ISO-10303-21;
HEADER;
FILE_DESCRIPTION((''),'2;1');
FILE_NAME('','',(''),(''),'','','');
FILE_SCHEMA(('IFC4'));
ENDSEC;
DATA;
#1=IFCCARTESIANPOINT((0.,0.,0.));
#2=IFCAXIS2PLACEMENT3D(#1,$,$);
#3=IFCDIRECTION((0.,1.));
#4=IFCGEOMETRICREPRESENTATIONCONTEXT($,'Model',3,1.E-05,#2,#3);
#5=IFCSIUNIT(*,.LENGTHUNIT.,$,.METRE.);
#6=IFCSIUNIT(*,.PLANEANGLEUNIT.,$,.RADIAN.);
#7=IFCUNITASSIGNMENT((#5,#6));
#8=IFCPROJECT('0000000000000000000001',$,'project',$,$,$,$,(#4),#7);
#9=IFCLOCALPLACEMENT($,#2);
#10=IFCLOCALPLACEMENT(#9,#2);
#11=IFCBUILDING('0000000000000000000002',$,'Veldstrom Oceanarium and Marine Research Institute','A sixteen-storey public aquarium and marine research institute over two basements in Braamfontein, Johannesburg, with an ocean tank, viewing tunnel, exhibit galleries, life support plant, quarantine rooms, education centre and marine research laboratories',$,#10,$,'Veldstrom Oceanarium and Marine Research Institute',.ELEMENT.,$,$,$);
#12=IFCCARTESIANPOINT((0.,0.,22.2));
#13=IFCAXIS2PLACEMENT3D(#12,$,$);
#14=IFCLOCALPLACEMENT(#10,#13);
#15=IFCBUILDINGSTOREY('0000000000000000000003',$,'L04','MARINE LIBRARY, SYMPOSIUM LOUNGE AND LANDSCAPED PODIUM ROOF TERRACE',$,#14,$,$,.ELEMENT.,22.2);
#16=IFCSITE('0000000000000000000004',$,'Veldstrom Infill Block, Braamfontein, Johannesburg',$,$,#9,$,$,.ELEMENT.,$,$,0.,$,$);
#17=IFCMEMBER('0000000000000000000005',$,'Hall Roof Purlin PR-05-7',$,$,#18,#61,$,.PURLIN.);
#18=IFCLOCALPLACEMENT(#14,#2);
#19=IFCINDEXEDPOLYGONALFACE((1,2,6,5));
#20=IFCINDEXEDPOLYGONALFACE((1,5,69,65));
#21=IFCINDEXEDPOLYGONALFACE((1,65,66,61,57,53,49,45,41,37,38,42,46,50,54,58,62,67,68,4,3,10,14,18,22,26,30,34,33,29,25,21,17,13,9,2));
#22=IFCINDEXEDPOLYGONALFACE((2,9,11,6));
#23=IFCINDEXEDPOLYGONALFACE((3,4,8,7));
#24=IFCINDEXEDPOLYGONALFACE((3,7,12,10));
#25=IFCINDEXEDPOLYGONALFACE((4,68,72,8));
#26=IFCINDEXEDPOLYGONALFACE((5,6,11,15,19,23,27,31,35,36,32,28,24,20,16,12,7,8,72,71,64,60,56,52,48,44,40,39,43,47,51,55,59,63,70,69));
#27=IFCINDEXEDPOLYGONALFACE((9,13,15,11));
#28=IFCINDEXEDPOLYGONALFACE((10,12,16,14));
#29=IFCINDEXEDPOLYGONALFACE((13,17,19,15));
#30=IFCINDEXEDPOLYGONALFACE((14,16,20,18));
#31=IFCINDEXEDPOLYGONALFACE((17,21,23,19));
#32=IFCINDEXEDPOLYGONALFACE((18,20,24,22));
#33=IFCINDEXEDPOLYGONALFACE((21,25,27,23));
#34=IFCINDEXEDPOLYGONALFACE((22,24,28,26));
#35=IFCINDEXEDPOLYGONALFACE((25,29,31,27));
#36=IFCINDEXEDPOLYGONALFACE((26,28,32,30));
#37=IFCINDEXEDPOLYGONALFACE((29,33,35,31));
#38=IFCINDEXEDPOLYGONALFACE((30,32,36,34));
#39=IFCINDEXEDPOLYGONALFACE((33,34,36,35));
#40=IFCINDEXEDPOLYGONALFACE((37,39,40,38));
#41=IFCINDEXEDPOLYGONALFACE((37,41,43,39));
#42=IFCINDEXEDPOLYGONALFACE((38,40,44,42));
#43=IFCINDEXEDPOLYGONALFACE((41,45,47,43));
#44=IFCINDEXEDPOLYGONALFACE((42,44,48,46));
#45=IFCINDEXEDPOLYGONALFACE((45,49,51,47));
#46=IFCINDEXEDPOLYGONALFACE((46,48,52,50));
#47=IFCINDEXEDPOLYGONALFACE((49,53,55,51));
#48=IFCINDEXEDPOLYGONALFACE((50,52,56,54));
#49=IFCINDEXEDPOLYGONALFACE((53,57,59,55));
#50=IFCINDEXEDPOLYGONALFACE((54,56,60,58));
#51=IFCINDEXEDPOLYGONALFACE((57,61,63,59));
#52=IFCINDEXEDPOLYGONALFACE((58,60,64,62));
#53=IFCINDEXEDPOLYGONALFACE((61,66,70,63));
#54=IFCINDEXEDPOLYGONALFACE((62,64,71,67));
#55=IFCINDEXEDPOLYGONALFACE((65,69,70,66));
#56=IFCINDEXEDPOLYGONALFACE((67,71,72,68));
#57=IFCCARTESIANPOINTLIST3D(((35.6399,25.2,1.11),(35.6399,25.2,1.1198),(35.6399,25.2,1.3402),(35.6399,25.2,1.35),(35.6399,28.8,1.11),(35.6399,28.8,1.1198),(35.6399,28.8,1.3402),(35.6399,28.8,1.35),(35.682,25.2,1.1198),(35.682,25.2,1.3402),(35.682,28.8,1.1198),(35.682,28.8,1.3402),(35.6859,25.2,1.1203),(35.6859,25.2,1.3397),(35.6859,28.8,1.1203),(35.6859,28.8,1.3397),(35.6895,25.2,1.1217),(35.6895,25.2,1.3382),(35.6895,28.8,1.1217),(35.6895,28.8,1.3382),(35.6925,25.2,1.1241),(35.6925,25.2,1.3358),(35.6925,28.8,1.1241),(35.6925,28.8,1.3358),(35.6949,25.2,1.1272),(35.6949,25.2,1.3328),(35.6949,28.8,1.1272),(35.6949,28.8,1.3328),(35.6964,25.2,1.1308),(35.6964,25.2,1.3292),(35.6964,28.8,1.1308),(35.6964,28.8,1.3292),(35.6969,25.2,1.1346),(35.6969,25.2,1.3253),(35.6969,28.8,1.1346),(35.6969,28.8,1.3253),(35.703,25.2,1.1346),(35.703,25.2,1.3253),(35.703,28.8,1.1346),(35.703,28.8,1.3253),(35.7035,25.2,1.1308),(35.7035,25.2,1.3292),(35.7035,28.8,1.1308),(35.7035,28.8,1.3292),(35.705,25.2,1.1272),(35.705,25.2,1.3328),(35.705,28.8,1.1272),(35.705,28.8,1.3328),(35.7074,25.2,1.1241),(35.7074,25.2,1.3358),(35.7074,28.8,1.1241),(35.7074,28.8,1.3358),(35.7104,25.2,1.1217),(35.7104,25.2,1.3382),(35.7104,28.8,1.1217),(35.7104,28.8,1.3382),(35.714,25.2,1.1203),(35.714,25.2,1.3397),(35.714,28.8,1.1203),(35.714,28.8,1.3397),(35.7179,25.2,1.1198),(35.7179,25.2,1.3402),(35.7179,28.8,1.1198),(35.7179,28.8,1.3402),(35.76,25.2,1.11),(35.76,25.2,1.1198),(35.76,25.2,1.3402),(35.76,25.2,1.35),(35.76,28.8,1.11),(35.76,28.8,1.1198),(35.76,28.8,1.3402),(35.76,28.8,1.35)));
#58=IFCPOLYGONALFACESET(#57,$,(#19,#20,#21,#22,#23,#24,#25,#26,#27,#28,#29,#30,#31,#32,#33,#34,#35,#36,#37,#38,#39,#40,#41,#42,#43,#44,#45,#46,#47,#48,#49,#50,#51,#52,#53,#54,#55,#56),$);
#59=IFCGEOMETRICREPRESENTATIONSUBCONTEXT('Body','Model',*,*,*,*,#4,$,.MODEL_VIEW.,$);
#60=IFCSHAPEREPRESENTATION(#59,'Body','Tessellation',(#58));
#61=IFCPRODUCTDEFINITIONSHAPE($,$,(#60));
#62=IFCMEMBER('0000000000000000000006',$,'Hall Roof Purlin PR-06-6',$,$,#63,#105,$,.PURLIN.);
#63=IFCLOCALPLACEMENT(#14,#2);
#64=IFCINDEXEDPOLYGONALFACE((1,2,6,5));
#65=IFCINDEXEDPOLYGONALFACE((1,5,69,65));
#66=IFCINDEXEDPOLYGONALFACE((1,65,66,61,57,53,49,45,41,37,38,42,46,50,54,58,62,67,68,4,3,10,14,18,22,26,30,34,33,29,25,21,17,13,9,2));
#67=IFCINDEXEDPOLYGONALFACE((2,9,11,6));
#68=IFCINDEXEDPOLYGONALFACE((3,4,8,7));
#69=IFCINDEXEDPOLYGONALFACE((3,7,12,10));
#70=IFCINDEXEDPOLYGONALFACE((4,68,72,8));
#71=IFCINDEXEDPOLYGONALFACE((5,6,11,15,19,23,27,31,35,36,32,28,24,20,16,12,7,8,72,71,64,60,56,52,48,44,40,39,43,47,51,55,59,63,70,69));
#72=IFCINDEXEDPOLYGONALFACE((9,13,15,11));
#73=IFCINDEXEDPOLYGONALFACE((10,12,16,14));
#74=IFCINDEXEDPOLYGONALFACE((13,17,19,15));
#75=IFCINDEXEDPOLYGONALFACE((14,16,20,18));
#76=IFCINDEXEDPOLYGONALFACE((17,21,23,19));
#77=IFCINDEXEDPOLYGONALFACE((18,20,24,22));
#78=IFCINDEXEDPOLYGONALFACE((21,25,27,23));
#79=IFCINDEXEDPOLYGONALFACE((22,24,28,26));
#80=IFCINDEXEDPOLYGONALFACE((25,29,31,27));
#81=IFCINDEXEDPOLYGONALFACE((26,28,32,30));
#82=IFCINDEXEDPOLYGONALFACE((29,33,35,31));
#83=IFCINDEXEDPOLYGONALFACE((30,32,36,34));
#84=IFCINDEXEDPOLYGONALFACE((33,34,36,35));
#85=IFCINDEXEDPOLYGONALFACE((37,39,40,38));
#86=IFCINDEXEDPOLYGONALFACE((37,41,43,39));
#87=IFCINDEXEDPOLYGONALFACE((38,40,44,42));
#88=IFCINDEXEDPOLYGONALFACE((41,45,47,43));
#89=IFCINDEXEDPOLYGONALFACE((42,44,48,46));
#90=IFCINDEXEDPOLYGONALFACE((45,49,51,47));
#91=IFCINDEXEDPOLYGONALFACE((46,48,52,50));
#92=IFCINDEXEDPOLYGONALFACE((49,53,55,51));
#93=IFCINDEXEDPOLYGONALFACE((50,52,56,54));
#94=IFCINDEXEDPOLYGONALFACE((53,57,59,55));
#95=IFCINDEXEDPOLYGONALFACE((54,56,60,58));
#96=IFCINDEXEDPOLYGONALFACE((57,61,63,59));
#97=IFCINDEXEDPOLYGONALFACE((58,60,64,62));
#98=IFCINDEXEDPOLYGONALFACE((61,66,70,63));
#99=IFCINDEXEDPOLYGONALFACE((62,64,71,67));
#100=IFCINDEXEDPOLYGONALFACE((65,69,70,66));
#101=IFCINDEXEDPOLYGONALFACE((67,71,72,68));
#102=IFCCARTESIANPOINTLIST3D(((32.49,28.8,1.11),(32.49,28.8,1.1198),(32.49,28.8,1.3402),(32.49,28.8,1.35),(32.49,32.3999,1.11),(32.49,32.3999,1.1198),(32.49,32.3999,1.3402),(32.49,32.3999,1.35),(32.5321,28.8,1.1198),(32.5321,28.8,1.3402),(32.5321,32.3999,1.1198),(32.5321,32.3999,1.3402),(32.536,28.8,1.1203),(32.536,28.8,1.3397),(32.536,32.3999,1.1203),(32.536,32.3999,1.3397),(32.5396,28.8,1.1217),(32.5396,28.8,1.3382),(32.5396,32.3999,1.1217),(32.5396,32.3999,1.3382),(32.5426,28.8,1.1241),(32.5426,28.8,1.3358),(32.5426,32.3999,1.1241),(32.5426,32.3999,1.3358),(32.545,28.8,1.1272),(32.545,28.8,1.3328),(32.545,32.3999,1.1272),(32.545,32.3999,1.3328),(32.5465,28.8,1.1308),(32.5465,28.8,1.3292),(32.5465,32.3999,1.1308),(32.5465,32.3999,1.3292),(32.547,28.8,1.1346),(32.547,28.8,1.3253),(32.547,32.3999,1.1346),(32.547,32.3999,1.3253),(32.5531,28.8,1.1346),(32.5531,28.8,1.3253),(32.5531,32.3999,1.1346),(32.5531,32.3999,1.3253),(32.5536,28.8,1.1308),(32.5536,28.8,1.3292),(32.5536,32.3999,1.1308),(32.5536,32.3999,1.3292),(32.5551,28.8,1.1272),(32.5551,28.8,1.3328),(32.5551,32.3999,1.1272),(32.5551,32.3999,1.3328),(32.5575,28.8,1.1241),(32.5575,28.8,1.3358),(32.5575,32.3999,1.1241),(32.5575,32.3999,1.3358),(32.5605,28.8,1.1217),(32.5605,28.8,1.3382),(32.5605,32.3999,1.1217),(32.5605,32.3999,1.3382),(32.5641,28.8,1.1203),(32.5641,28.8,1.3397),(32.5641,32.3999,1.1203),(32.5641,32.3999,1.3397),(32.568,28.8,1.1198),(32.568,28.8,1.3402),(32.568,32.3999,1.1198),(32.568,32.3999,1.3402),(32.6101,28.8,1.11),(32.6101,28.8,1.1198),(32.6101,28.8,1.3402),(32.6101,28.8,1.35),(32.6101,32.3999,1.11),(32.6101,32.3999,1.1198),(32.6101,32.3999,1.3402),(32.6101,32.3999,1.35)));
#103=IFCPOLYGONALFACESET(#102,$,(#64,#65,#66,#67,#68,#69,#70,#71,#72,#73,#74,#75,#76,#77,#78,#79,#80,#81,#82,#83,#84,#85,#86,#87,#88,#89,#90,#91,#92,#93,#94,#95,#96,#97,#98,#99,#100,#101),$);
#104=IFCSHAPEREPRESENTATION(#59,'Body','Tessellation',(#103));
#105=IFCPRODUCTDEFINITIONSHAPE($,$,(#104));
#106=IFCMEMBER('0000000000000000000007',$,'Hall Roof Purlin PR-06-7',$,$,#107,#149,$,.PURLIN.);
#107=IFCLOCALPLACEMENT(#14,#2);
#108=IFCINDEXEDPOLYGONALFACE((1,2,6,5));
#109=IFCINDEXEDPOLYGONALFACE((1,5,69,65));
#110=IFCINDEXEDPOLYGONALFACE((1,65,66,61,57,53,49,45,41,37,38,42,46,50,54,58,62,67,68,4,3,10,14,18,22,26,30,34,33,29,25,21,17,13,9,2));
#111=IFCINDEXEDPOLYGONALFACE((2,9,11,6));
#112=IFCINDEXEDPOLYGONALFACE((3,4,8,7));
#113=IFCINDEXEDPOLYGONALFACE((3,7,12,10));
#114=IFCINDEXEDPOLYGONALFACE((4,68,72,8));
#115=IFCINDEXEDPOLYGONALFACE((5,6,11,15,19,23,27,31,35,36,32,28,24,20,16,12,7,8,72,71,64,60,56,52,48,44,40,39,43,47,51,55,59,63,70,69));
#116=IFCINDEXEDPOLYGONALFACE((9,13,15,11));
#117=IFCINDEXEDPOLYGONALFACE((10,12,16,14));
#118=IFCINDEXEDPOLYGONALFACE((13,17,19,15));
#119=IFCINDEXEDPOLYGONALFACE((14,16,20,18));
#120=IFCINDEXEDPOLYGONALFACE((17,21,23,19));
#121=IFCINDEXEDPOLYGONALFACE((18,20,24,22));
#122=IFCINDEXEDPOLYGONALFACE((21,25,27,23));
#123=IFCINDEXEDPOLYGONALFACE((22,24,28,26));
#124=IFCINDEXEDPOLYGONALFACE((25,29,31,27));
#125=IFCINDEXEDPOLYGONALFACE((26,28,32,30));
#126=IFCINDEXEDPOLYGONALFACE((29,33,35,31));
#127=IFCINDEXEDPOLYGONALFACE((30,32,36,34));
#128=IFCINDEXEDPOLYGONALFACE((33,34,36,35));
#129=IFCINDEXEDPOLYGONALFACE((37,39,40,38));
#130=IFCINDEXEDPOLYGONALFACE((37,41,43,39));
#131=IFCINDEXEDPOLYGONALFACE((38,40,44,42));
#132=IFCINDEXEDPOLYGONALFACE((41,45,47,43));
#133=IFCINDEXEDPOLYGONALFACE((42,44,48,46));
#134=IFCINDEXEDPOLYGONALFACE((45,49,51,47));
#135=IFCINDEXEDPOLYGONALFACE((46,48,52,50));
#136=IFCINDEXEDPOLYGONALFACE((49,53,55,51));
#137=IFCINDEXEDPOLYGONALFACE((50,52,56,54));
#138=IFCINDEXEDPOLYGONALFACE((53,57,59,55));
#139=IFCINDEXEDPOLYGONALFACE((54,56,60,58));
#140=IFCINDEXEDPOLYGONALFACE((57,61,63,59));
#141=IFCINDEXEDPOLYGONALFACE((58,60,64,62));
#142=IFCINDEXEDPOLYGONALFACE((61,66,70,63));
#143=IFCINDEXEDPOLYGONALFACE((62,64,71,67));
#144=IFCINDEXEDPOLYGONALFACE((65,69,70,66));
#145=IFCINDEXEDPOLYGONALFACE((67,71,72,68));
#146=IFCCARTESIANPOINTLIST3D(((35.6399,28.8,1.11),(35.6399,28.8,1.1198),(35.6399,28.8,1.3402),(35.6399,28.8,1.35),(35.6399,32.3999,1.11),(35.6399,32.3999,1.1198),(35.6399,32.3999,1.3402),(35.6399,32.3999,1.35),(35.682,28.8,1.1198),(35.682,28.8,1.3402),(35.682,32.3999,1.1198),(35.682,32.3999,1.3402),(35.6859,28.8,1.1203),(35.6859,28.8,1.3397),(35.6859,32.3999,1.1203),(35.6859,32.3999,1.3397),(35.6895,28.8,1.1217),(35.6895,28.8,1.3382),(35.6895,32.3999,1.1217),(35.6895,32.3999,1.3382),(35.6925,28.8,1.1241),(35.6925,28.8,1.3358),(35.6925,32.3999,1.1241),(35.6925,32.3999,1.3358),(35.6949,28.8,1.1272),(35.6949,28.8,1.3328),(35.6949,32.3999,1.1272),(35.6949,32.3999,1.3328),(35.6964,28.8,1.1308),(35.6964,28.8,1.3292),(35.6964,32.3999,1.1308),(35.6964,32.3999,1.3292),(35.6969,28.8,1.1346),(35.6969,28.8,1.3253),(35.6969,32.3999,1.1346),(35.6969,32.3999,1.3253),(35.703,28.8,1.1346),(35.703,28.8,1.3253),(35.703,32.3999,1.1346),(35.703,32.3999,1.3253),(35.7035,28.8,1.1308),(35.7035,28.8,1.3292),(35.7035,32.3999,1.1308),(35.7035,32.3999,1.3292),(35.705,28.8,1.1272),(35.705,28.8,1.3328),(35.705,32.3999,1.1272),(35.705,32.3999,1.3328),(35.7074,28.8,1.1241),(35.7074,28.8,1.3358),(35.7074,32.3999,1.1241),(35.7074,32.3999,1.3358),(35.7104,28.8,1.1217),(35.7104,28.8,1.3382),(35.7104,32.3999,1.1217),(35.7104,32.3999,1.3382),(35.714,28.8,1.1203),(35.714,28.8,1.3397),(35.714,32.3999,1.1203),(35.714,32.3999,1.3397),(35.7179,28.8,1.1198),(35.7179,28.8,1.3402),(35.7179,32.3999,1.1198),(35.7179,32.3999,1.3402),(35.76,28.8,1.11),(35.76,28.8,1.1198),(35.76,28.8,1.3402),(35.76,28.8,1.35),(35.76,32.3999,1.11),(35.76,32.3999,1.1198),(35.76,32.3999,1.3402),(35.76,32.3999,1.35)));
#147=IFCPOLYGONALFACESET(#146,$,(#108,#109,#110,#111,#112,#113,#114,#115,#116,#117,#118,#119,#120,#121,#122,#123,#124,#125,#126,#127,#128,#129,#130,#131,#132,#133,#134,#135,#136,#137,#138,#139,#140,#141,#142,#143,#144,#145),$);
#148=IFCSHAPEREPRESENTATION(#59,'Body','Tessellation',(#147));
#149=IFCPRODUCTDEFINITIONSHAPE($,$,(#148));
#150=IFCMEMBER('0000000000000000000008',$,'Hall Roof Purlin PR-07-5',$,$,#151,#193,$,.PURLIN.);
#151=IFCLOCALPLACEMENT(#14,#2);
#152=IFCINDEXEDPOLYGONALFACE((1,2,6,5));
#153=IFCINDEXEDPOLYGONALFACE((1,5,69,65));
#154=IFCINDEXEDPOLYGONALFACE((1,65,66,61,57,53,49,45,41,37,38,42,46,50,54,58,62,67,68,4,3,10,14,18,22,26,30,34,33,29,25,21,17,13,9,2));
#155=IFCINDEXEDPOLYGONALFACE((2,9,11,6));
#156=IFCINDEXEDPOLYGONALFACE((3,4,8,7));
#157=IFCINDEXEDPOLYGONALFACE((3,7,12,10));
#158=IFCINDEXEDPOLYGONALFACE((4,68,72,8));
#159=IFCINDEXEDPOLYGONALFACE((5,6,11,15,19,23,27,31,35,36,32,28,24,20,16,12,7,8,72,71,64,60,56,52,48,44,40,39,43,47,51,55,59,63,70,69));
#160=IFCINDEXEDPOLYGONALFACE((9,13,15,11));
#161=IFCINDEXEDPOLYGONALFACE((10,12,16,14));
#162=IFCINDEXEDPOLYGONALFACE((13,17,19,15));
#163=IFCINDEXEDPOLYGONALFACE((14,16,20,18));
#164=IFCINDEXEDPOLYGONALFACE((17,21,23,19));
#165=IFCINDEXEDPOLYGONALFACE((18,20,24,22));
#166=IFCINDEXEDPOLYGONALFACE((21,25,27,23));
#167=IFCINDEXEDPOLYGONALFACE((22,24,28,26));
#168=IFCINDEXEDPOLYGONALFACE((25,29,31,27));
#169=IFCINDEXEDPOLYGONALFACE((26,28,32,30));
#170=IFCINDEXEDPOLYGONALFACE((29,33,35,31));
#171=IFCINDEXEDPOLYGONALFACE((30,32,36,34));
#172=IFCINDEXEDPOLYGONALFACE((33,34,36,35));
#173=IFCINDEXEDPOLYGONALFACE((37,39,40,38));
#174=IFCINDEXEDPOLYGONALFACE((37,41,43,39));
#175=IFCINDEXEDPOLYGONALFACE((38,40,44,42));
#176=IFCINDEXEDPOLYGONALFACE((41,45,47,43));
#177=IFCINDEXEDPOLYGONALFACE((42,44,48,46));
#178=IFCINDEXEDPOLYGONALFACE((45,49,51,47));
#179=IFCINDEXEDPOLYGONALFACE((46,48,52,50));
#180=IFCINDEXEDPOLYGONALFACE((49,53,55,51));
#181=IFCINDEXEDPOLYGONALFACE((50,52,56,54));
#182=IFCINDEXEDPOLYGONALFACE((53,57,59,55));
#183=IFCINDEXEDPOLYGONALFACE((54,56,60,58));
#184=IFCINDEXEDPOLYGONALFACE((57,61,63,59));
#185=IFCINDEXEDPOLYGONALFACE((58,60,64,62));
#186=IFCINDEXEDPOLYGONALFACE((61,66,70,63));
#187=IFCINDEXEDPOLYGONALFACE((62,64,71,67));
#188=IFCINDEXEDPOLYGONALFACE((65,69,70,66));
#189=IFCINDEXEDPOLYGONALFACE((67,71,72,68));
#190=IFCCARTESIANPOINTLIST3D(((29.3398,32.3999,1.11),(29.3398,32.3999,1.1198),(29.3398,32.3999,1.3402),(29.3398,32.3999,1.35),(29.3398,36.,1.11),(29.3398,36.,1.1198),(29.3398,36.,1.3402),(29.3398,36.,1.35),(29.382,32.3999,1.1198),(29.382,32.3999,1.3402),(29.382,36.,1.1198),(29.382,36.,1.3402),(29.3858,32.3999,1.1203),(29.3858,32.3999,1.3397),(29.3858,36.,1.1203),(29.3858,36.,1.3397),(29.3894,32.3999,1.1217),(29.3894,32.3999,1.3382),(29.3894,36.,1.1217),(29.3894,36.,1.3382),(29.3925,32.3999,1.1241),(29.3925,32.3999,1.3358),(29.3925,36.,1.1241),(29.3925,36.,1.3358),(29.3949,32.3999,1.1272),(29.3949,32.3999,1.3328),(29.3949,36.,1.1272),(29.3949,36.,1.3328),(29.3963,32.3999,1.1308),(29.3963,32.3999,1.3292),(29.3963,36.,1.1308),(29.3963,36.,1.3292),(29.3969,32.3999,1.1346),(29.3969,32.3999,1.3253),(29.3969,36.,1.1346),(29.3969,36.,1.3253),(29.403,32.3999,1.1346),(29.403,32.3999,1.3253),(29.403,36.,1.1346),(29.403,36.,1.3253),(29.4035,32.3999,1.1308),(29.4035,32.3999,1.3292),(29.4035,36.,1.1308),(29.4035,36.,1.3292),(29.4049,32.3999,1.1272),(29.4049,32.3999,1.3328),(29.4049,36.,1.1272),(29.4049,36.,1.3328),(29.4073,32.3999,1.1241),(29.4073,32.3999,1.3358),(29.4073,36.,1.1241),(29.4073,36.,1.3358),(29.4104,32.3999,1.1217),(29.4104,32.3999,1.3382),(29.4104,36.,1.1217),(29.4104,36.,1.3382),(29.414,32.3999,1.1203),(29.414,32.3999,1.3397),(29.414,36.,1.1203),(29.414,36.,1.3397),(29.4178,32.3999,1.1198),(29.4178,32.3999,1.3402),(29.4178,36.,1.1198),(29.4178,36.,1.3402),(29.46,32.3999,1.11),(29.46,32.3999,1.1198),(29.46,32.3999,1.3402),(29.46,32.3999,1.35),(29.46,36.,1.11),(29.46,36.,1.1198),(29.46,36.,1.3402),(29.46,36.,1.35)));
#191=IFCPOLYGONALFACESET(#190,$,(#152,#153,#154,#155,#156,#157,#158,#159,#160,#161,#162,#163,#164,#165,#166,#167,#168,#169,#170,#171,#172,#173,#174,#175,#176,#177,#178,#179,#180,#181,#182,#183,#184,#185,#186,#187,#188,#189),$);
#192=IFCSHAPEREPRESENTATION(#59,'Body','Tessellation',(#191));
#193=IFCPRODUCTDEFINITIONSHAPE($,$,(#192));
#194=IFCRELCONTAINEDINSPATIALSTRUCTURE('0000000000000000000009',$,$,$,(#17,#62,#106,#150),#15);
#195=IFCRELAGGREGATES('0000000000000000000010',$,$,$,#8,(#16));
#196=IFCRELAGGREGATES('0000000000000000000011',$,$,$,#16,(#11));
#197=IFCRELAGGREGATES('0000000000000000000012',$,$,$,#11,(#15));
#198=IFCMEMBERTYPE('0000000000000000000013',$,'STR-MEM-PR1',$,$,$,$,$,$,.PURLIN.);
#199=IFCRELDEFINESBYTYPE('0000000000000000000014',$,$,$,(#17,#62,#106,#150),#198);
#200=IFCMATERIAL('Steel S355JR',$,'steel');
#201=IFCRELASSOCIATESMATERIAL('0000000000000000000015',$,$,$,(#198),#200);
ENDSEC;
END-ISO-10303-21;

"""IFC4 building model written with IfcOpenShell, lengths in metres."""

from ifc_helpers import new_model, si_unit, direction, frame, origin, origin_2d, place, context, subcontext, project, spatial, i_section, extrude, material, material_profile, profile_set, type_object, element, save


model = new_model("IFC4")

# Units and contexts
model_context = context("Model", 3, precision=1e-05, world=origin(), true_north=direction((0.0, 1.0)))
body_context = subcontext(model_context, "Body", "Model", "MODEL_VIEW")
ifc_project = project(units=[si_unit("LENGTHUNIT", "METRE"), si_unit("PLANEANGLEUNIT", "RADIAN")], contexts=[model_context])

# Site, building, storey
site_placement = place(None, origin())
site = spatial("IfcSite", under=ifc_project, at=site_placement, Name="Veldstrom Infill Block, Braamfontein, Johannesburg", CompositionType="ELEMENT", RefElevation=0.0)
building_placement = place(site_placement, origin())
building = spatial("IfcBuilding", under=site, at=building_placement, Name="Veldstrom Oceanarium and Marine Research Institute", Description="A sixteen-storey public aquarium and marine research institute over two basements in Braamfontein, Johannesburg, with an ocean tank, viewing tunnel, exhibit galleries, life support plant, quarantine rooms, education centre and marine research laboratories", LongName="Veldstrom Oceanarium and Marine Research Institute", CompositionType="ELEMENT")
storey_placement = place(building_placement, frame((0.0, 0.0, 22.2)))
storey = spatial("IfcBuildingStorey", under=building, at=storey_placement, Name="L04", Description="MARINE LIBRARY, SYMPOSIUM LOUNGE AND LANDSCAPED PODIUM ROOF TERRACE", CompositionType="ELEMENT", Elevation=22.2)

# Members
ifc_material_1 = material(Name="Steel S355JR", Category="steel")
ifc_material_profile_1 = material_profile(ifc_material_1, i_section(OverallWidth=0.1201, OverallDepth=0.24, WebThickness=0.0061, FlangeThickness=0.0098, FilletRadius=0.0149, at=origin_2d()), Name="IPE 240")
ifc_profile_set_1 = profile_set([ifc_material_profile_1], Name="Steel S355JR")
member_type_1 = type_object("IfcMemberType", Name="STR-MEM-PR1", PredefinedType="PURLIN", material=ifc_profile_set_1)
for number, where, z_axis, x_axis, name in (
    (1, (35.7, 25.2, 1.23), (0.0, 1.0, 0.0), (-1.0, 0.0, 0.0), "Hall Roof Purlin PR-05-7"),
):
    element("IfcMember", number, at=place(storey_placement, frame(where, z_axis=z_axis, x_axis=x_axis)), inside=storey, type_object=member_type_1, Name=name, PredefinedType="PURLIN", context=body_context, shape_type="SweptSolid", body=[
        extrude(i_section(OverallWidth=0.1201, OverallDepth=0.24, WebThickness=0.0061, FlangeThickness=0.0098, FilletRadius=0.0149, at=origin_2d()), origin(), (0.0, 0.0, 1.0), 3.6001),
    ])
for number, where, z_axis, x_axis, name in (
    (2, (32.55, 28.8, 1.23), (0.0, 1.0, 0.0), (-1.0, 0.0, 0.0), "Hall Roof Purlin PR-06-6"),
    (3, (35.7, 28.8, 1.23), (0.0, 1.0, 0.0), (-1.0, 0.0, 0.0), "Hall Roof Purlin PR-06-7"),
):
    element("IfcMember", number, at=place(storey_placement, frame(where, z_axis=z_axis, x_axis=x_axis)), inside=storey, type_object=member_type_1, Name=name, PredefinedType="PURLIN", context=body_context, shape_type="SweptSolid", body=[
        extrude(i_section(OverallWidth=0.1201, OverallDepth=0.24, WebThickness=0.0061, FlangeThickness=0.0098, FilletRadius=0.0149, at=origin_2d()), origin(), (0.0, 0.0, 1.0), 3.5999),
    ])
for number, where, z_axis, x_axis, name in (
    (4, (29.3999, 32.3999, 1.23), (0.0, 1.0, 0.0), (-1.0, 0.0, 0.0), "Hall Roof Purlin PR-07-5"),
):
    element("IfcMember", number, at=place(storey_placement, frame(where, z_axis=z_axis, x_axis=x_axis)), inside=storey, type_object=member_type_1, Name=name, PredefinedType="PURLIN", context=body_context, shape_type="SweptSolid", body=[
        extrude(i_section(OverallWidth=0.1201, OverallDepth=0.24, WebThickness=0.0061, FlangeThickness=0.0098, FilletRadius=0.0149, at=origin_2d()), origin(), (0.0, 0.0, 1.0), 3.6001),
    ])

save(model, "model.ifc")
